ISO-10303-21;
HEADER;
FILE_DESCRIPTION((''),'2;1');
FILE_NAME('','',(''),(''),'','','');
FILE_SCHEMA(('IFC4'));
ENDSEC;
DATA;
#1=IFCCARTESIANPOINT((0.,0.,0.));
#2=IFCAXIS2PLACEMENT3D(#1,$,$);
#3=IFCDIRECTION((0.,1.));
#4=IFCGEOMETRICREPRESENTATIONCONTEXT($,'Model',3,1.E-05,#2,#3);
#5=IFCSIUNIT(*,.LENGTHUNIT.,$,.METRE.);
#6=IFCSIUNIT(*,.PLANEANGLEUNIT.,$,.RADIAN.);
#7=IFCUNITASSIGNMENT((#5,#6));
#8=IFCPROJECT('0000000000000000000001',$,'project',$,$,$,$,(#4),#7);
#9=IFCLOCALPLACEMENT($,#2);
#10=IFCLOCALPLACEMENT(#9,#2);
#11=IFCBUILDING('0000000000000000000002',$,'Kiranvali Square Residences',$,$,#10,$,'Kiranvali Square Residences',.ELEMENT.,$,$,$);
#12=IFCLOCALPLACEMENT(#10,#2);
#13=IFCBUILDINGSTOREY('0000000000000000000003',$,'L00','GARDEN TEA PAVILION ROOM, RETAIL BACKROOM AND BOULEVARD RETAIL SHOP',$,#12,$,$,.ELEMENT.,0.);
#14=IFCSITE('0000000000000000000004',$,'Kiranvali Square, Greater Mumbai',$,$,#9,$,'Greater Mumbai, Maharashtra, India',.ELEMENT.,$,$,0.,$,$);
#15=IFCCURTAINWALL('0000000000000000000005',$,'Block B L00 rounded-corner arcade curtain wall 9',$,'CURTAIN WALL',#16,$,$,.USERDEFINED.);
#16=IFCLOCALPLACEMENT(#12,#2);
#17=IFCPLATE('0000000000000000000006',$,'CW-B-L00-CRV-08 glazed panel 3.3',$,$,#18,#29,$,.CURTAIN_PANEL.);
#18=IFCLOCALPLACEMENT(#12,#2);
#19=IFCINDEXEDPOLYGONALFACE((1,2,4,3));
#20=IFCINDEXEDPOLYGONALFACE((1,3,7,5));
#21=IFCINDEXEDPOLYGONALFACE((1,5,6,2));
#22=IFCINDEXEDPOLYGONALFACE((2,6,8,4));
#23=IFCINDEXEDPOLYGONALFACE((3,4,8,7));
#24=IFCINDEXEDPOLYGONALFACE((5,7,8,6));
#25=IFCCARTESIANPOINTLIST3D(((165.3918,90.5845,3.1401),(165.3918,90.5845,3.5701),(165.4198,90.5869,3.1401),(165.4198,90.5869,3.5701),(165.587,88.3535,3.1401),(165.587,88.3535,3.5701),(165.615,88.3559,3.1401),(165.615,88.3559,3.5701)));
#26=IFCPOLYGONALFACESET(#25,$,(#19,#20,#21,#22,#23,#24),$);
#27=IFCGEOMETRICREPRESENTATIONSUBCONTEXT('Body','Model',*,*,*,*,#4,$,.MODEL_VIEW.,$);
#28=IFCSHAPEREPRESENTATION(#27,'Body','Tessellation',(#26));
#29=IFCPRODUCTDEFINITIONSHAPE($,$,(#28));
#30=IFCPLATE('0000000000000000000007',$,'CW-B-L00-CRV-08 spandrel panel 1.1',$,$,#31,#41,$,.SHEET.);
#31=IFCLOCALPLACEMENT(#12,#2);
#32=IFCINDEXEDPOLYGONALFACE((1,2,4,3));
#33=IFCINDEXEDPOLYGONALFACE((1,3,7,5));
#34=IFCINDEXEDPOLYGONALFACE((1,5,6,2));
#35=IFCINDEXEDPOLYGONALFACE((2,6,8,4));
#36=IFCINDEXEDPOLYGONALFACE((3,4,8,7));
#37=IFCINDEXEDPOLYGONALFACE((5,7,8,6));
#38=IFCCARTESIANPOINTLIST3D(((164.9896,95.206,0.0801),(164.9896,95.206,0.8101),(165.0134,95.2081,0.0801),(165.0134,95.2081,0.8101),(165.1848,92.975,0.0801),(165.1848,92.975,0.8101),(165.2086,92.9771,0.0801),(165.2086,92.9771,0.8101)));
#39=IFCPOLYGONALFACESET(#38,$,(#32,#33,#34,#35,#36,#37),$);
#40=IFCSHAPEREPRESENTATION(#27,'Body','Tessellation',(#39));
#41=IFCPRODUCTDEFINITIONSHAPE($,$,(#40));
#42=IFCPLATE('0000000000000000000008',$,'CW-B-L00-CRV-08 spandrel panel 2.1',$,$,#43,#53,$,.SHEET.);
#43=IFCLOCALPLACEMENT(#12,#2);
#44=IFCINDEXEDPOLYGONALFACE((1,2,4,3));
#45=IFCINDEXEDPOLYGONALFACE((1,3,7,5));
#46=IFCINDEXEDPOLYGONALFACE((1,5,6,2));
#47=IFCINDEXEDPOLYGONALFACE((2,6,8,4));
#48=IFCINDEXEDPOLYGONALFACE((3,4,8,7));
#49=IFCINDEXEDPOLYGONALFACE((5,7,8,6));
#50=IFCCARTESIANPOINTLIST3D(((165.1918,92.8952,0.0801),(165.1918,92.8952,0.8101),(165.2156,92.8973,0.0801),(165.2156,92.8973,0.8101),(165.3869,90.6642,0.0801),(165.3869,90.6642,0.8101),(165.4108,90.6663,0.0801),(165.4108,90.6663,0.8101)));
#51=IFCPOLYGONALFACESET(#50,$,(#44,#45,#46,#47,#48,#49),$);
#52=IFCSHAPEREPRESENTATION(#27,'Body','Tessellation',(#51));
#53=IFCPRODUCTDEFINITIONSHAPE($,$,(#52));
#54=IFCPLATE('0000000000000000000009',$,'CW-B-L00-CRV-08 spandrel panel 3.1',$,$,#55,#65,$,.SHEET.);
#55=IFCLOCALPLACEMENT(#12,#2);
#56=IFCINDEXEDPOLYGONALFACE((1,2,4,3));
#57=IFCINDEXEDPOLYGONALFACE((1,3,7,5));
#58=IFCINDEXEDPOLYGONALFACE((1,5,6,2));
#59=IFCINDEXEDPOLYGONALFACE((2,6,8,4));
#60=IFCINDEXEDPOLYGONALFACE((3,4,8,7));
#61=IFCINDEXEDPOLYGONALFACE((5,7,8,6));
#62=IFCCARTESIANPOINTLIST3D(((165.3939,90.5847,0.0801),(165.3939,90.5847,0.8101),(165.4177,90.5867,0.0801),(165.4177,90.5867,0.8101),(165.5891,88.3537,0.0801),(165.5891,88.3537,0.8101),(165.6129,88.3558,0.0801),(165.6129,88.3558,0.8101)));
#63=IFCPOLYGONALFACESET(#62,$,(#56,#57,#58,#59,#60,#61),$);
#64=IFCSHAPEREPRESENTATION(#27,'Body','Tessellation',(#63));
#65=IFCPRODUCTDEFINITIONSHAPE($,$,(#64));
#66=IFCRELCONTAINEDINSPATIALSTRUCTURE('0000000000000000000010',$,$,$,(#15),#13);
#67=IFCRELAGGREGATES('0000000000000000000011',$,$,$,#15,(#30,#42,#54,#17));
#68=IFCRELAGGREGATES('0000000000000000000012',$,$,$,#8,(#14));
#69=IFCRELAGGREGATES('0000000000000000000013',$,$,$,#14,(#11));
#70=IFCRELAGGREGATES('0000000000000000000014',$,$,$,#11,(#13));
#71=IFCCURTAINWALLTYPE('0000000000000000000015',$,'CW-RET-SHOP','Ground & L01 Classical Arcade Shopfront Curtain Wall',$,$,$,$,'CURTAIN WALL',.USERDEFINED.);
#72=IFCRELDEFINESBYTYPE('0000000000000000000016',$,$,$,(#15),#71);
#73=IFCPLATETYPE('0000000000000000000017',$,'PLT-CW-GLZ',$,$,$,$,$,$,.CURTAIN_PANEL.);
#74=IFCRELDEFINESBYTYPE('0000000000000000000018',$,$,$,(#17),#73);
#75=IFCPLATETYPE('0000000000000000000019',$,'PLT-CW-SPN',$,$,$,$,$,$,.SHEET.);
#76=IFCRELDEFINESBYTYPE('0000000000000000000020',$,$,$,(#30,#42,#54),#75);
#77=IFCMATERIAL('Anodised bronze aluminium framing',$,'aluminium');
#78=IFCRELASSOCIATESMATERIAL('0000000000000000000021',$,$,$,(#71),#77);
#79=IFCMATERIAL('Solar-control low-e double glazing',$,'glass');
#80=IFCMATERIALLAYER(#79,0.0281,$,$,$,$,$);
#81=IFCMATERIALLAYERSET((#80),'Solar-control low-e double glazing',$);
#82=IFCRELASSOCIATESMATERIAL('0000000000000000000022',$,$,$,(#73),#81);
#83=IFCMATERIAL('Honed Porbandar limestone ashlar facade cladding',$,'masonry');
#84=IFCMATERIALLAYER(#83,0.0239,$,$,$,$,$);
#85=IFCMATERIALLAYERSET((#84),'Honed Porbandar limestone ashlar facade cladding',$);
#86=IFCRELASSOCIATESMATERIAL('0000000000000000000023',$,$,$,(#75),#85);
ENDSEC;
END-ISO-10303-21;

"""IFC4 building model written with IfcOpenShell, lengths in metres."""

from ifc_helpers import new_model, si_unit, direction, frame, origin, origin_2d, place, context, subcontext, project, spatial, rectangle, extrude, material, layer, layer_set, type_object, element, aggregate, save


model = new_model("IFC4")

# Units and contexts
model_context = context("Model", 3, precision=1e-05, world=origin(), true_north=direction((0.0, 1.0)))
body_context = subcontext(model_context, "Body", "Model", "MODEL_VIEW")
ifc_project = project(units=[si_unit("LENGTHUNIT", "METRE"), si_unit("PLANEANGLEUNIT", "RADIAN")], contexts=[model_context])

# Site, building, storey
site_placement = place(None, origin())
site = spatial("IfcSite", under=ifc_project, at=site_placement, Name="Kiranvali Square, Greater Mumbai", LongName="Greater Mumbai, Maharashtra, India", CompositionType="ELEMENT", RefElevation=0.0)
building_placement = place(site_placement, origin())
building = spatial("IfcBuilding", under=site, at=building_placement, Name="Kiranvali Square Residences", LongName="Kiranvali Square Residences", CompositionType="ELEMENT")
storey_placement = place(building_placement, origin())
storey = spatial("IfcBuildingStorey", under=building, at=storey_placement, Name="L00", Description="GARDEN TEA PAVILION ROOM, RETAIL BACKROOM AND BOULEVARD RETAIL SHOP", CompositionType="ELEMENT", Elevation=0.0)

# Curtain wall
ifc_material_1 = material(Name="Anodised bronze aluminium framing", Category="aluminium")
curtain_wall_type = type_object("IfcCurtainWallType", Name="CW-RET-SHOP", Description="Ground & L01 Classical Arcade Shopfront Curtain Wall", ElementType="CURTAIN WALL", PredefinedType="USERDEFINED", material=ifc_material_1)
curtain_wall_placement = place(storey_placement, origin())
curtain_wall = element("IfcCurtainWall", 1, at=curtain_wall_placement, inside=storey, type_object=curtain_wall_type, Name="Block B L00 rounded-corner arcade curtain wall 9", ObjectType="CURTAIN WALL", PredefinedType="USERDEFINED")

# Plates
ifc_material_2 = material(Name="Solar-control low-e double glazing", Category="glass")
ifc_layer_1 = layer(ifc_material_2, 0.0281)
ifc_layer_set_1 = layer_set([ifc_layer_1], Name="Solar-control low-e double glazing")
plate_type_1 = type_object("IfcPlateType", Name="PLT-CW-GLZ", PredefinedType="CURTAIN_PANEL", material=ifc_layer_set_1)
plate_1_placement = place(storey_placement, frame((165.5034, 89.4702, 3.1401), z_axis=(0.0, 0.0, 1.0), x_axis=(0.087156, -0.996195, 0.0)))
plate_1 = element("IfcPlate", 2, at=plate_1_placement, type_object=plate_type_1, Name="CW-B-L00-CRV-08 glazed panel 3.3", PredefinedType="CURTAIN_PANEL", context=body_context, shape_type="SweptSolid", body=[
    extrude(rectangle(XDim=2.2395, YDim=0.0281, at=origin_2d()), origin(), (0.0, 0.0, 1.0), 0.4299),
])
ifc_material_3 = material(Name="Honed Porbandar limestone ashlar facade cladding", Category="masonry")
ifc_layer_2 = layer(ifc_material_3, 0.0239)
ifc_layer_set_2 = layer_set([ifc_layer_2], Name="Honed Porbandar limestone ashlar facade cladding")
plate_type_2 = type_object("IfcPlateType", Name="PLT-CW-SPN", PredefinedType="SHEET", material=ifc_layer_set_2)
plate_2_placement = place(storey_placement, frame((165.0991, 94.0916, 0.0801), z_axis=(0.0, 0.0, 1.0), x_axis=(0.087156, -0.996195, 0.0)))
plate_2 = element("IfcPlate", 3, at=plate_2_placement, type_object=plate_type_2, Name="CW-B-L00-CRV-08 spandrel panel 1.1", PredefinedType="SHEET", context=body_context, shape_type="SweptSolid", body=[
    extrude(rectangle(XDim=2.2395, YDim=0.0239, at=origin_2d()), origin(), (0.0, 0.0, 1.0), 0.73),
])
plate_3_placement = place(storey_placement, frame((165.3013, 91.7808, 0.0801), z_axis=(0.0, 0.0, 1.0), x_axis=(0.087156, -0.996195, 0.0)))
plate_3 = element("IfcPlate", 4, at=plate_3_placement, type_object=plate_type_2, Name="CW-B-L00-CRV-08 spandrel panel 2.1", PredefinedType="SHEET", context=body_context, shape_type="SweptSolid", body=[
    extrude(rectangle(XDim=2.2395, YDim=0.0239, at=origin_2d()), origin(), (0.0, 0.0, 1.0), 0.73),
])
plate_4_placement = place(storey_placement, frame((165.5034, 89.4702, 0.0801), z_axis=(0.0, 0.0, 1.0), x_axis=(0.087156, -0.996195, 0.0)))
plate_4 = element("IfcPlate", 5, at=plate_4_placement, type_object=plate_type_2, Name="CW-B-L00-CRV-08 spandrel panel 3.1", PredefinedType="SHEET", context=body_context, shape_type="SweptSolid", body=[
    extrude(rectangle(XDim=2.2395, YDim=0.0239, at=origin_2d()), origin(), (0.0, 0.0, 1.0), 0.73),
])
aggregate(curtain_wall, [plate_2, plate_3, plate_4, plate_1])

save(model, "model.ifc")
